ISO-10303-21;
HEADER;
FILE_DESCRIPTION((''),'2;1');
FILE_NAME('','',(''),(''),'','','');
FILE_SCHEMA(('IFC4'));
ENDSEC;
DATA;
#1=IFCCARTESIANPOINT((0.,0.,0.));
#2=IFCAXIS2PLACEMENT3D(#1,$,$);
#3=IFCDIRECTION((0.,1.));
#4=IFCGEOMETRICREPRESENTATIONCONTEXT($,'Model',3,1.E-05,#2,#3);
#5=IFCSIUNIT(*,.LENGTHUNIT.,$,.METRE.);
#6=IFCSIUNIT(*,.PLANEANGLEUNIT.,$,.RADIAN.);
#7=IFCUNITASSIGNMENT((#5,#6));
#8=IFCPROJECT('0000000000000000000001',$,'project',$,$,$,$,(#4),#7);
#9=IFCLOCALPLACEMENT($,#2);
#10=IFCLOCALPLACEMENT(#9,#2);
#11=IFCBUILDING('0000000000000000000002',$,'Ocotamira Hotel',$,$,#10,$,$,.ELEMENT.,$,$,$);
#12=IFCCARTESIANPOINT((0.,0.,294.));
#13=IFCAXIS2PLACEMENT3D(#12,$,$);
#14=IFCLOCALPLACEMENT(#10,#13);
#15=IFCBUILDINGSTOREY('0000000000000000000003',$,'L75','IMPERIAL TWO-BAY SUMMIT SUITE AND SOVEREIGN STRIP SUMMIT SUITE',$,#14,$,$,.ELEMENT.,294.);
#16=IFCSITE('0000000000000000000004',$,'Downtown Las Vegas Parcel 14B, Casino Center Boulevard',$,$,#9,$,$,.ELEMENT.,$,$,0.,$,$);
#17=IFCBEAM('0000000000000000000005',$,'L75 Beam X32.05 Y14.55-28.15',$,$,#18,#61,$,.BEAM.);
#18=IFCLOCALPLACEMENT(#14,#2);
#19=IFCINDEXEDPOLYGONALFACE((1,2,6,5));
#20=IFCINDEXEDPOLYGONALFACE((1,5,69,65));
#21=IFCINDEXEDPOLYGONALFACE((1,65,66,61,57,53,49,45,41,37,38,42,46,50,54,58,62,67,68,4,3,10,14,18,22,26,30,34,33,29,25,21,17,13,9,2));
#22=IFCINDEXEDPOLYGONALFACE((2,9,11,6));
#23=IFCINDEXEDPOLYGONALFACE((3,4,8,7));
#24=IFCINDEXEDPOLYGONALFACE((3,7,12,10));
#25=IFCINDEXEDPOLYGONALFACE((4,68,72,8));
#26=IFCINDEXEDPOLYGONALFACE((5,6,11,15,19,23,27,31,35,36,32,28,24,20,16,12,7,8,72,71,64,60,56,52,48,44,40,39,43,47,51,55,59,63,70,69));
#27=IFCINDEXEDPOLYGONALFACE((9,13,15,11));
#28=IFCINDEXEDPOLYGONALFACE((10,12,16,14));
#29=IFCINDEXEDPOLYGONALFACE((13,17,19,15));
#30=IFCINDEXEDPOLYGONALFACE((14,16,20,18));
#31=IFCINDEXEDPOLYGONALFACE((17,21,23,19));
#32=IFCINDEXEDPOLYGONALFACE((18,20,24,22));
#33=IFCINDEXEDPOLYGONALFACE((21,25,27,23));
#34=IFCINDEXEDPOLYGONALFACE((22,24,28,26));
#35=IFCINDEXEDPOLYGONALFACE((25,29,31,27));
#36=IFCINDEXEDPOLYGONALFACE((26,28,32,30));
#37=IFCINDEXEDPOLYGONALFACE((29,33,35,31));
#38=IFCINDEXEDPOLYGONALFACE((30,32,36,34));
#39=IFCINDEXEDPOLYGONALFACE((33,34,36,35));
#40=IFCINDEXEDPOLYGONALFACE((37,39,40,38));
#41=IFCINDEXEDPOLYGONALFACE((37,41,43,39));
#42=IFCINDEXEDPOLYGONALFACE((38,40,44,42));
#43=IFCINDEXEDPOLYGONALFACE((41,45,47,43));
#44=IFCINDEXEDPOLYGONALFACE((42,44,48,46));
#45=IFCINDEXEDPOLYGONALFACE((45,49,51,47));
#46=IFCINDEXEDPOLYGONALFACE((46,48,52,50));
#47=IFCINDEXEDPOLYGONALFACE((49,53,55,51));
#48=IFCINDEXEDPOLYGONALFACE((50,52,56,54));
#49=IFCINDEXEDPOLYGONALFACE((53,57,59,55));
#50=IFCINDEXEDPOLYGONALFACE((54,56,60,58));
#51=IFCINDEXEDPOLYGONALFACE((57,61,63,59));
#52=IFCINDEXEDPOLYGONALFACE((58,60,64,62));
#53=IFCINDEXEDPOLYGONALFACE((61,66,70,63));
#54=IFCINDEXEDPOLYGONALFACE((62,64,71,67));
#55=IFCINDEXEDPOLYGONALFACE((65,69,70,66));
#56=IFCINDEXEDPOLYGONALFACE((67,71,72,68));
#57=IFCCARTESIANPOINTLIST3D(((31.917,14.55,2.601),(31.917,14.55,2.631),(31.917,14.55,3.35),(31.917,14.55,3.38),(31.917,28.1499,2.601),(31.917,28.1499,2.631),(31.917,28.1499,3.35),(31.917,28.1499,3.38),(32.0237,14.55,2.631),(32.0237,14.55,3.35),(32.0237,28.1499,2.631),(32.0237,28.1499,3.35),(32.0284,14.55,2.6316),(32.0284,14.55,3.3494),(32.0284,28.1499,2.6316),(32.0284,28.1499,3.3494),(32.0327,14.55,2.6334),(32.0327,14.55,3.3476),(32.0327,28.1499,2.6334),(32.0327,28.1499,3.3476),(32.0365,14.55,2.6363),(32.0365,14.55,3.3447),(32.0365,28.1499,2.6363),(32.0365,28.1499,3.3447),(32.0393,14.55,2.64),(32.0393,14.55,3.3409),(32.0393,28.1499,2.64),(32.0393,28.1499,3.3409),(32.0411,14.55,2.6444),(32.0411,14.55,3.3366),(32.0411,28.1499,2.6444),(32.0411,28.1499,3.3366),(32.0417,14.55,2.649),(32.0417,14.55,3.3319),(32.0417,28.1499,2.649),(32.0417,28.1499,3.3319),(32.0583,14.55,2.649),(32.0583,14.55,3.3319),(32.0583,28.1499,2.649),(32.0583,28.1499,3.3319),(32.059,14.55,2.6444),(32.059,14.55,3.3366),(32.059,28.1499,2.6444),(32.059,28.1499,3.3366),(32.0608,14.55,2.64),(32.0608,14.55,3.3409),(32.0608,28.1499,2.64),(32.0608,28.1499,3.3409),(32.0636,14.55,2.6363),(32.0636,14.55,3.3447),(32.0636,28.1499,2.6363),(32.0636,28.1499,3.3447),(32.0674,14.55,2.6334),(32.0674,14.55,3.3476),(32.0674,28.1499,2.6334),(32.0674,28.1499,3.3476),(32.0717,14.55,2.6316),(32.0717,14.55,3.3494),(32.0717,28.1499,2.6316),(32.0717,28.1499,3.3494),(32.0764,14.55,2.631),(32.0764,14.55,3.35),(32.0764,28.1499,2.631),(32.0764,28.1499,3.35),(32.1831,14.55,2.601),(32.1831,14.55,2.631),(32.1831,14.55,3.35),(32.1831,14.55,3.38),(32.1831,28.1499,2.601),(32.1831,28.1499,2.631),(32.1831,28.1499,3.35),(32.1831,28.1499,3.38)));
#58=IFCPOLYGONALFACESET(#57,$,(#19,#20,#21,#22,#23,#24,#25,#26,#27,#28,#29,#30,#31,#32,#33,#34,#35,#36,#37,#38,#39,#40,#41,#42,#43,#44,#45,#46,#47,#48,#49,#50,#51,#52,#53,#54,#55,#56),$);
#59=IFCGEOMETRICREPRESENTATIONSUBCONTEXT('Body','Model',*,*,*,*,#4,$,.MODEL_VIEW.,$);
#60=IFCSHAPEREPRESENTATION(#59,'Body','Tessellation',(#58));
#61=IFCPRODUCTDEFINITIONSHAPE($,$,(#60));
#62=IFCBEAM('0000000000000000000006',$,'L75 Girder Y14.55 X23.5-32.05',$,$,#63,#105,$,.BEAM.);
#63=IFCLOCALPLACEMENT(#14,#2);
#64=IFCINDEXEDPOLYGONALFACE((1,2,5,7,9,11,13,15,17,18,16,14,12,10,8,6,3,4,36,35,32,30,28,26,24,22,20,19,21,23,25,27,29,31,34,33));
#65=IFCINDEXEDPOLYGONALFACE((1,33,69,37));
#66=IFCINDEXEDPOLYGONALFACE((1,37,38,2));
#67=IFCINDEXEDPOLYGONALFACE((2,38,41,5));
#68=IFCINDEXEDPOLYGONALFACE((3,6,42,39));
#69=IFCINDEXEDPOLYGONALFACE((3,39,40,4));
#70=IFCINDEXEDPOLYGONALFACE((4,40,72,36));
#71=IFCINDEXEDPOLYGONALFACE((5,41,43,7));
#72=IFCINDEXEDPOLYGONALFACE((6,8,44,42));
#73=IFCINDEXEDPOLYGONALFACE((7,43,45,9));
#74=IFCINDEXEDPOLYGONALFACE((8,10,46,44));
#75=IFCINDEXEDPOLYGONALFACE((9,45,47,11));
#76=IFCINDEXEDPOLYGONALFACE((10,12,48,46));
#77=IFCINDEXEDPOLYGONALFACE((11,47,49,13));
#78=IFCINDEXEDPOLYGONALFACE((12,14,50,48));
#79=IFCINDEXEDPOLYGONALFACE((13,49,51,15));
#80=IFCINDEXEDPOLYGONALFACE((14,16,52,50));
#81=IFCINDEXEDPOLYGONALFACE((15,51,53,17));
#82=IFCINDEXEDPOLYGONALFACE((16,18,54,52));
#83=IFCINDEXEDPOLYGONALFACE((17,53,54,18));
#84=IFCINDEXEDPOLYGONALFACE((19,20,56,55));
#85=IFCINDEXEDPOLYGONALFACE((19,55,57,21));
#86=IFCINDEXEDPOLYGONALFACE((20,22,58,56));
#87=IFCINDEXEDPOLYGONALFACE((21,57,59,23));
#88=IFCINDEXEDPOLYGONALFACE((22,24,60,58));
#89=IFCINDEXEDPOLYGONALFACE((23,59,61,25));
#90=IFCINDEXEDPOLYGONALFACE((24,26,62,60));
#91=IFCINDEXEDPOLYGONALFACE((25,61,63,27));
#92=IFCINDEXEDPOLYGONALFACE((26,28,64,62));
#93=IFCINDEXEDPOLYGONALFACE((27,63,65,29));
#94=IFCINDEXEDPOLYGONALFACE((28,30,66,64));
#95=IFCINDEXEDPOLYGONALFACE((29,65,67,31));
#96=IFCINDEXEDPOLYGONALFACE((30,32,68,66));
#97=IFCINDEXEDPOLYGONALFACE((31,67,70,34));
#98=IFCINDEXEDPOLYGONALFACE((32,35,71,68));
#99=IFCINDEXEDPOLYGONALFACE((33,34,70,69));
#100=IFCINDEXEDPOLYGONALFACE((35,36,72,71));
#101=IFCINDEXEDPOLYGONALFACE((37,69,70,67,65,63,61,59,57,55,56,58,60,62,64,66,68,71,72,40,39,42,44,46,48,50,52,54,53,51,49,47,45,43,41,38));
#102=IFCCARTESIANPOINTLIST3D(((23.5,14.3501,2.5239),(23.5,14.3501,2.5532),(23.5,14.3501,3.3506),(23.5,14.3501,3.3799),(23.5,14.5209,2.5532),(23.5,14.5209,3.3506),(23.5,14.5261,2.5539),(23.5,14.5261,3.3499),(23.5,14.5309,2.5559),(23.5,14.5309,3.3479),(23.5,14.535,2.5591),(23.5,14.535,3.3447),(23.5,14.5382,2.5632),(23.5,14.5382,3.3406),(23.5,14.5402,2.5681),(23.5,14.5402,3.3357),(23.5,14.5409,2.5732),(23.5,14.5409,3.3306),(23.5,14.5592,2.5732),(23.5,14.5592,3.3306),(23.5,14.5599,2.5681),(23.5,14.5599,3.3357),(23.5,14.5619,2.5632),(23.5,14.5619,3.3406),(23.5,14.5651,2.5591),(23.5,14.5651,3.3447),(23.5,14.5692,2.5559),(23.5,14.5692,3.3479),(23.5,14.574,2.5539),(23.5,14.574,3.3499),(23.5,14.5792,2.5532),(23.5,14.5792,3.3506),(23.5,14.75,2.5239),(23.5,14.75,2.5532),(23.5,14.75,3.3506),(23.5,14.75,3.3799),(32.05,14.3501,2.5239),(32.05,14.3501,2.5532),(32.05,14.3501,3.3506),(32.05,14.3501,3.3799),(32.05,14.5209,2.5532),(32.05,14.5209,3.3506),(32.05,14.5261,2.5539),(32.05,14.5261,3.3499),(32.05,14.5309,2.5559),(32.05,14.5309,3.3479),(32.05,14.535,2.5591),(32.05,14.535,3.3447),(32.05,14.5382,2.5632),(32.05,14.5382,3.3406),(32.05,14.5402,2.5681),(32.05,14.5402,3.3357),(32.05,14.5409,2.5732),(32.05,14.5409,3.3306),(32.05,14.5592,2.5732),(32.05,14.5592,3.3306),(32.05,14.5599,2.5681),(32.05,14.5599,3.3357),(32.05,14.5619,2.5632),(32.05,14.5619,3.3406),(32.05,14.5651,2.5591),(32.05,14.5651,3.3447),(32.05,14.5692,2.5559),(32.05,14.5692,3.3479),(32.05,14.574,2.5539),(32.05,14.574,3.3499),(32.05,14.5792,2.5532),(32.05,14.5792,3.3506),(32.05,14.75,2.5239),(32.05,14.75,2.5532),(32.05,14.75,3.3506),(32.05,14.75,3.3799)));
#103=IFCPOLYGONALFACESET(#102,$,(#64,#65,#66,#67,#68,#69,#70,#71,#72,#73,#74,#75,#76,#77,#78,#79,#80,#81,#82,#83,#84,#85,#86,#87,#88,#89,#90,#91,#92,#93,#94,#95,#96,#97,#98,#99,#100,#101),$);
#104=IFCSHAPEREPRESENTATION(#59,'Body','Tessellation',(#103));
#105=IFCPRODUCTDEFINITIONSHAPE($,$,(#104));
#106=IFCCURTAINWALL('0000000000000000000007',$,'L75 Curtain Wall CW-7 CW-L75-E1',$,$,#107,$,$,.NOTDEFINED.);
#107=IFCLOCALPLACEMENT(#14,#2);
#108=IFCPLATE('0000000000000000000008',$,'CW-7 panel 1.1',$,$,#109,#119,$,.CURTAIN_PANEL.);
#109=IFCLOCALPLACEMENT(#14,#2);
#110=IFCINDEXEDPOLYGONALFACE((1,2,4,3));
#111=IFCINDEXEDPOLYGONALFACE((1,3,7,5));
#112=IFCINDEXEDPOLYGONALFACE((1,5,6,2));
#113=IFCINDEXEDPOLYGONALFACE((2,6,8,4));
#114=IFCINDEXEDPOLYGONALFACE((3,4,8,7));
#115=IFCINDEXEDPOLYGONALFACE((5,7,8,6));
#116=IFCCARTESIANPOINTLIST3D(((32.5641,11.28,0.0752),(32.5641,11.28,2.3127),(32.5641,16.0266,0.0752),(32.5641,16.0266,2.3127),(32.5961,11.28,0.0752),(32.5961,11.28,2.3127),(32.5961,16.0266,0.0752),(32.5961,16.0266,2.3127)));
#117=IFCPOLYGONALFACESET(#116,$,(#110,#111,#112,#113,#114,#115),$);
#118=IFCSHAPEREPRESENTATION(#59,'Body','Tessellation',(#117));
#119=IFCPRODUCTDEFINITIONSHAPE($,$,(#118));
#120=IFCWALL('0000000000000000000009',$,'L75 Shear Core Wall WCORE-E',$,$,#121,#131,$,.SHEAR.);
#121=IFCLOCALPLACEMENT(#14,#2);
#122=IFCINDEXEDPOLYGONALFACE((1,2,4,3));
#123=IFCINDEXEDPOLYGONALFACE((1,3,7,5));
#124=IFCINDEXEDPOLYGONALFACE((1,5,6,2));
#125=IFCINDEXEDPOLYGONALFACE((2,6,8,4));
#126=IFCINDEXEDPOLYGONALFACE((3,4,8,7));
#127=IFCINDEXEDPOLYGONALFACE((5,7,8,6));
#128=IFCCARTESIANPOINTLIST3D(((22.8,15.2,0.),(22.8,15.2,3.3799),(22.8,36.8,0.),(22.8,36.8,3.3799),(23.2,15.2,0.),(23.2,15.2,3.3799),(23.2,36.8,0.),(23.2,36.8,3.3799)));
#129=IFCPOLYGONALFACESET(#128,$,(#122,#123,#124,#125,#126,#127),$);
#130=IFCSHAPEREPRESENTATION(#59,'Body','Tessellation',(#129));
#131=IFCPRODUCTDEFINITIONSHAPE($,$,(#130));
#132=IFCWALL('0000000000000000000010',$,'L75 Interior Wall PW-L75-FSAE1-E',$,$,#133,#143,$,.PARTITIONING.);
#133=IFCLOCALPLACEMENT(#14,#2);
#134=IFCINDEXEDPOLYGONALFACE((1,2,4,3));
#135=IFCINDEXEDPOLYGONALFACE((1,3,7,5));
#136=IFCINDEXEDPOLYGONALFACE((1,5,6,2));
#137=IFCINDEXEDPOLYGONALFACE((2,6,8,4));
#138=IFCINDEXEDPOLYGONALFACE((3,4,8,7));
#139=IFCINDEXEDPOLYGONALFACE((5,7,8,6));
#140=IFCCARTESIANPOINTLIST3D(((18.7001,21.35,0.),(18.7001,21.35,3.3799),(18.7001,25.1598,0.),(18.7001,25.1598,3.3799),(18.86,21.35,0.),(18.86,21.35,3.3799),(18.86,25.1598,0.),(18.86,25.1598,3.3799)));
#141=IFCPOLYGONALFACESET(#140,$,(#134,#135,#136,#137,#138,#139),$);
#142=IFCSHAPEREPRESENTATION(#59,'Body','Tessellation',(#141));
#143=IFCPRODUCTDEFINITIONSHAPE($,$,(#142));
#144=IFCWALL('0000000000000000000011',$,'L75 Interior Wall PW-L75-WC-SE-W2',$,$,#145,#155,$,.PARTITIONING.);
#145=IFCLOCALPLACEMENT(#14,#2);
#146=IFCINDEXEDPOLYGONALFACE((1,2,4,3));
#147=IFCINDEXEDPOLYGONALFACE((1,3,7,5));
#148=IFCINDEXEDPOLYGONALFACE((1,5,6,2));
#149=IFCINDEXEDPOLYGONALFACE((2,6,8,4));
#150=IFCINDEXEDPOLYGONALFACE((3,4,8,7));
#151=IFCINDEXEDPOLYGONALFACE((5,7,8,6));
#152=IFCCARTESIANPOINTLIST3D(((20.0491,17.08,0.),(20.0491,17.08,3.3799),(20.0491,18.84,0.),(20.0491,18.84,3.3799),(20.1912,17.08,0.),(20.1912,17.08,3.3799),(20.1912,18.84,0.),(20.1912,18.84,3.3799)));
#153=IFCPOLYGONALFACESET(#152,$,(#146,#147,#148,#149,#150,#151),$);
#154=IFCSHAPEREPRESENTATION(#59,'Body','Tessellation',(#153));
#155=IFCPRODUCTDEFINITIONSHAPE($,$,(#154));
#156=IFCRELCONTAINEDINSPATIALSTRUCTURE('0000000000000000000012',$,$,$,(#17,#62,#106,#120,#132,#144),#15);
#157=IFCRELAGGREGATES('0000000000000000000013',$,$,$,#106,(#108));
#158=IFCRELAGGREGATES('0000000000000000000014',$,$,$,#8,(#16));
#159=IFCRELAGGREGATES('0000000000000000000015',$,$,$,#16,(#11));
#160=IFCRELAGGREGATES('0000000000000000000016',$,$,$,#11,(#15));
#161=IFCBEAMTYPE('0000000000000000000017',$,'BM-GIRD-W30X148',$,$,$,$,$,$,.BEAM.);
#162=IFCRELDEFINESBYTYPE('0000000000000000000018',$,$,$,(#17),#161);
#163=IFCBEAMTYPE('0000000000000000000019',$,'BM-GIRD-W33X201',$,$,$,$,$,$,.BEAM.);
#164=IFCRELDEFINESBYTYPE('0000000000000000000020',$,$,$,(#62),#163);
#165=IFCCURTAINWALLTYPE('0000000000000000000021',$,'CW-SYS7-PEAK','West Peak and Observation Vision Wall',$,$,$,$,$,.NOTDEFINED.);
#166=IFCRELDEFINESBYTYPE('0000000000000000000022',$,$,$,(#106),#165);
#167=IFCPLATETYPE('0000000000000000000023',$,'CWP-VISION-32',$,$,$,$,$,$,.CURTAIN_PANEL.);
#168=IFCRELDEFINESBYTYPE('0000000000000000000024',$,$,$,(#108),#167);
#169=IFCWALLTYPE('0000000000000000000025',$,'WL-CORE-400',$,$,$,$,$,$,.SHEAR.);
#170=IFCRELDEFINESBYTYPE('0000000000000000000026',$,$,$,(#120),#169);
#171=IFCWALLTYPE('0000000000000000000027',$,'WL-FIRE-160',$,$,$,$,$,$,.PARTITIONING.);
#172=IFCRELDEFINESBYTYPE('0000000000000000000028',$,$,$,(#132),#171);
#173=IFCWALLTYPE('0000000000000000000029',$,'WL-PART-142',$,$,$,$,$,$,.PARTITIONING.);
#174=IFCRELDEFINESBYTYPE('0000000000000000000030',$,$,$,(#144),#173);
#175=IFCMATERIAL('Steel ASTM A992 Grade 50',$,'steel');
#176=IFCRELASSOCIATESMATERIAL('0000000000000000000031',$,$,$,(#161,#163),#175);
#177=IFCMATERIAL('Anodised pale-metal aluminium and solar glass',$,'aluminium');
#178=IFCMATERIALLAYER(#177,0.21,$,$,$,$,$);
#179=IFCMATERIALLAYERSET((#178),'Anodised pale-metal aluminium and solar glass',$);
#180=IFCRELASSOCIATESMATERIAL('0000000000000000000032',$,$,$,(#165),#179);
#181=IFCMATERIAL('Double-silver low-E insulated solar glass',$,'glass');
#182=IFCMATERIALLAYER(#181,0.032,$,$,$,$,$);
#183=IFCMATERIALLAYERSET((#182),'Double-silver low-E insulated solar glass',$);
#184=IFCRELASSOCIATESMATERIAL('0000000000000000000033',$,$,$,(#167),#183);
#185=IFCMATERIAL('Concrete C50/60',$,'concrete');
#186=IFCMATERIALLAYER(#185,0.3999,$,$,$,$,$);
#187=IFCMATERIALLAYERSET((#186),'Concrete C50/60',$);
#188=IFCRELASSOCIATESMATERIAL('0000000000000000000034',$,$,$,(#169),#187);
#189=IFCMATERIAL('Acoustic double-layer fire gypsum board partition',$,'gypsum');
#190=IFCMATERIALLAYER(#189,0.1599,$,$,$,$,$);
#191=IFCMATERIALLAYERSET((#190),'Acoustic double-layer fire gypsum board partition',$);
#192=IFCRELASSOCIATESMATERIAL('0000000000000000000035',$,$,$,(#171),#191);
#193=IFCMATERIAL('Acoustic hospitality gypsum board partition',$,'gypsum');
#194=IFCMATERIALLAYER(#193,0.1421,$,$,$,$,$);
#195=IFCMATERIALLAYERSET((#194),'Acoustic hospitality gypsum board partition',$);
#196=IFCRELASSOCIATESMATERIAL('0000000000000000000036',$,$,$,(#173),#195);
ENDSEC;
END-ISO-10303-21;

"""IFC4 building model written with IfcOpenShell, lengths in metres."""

from ifc_helpers import new_model, si_unit, direction, frame, frame_2d, origin, origin_2d, place, context, subcontext, project, spatial, rectangle, i_section, extrude, source, transform, mapped, material, layer, layer_set, material_profile, profile_set, type_object, element, aggregate, save


model = new_model("IFC4")

# Units and contexts
model_context = context("Model", 3, precision=1e-05, world=origin(), true_north=direction((0.0, 1.0)))
body_context = subcontext(model_context, "Body", "Model", "MODEL_VIEW")
ifc_project = project(units=[si_unit("LENGTHUNIT", "METRE"), si_unit("PLANEANGLEUNIT", "RADIAN")], contexts=[model_context])

# Site, building, storey
site_placement = place(None, origin())
site = spatial("IfcSite", under=ifc_project, at=site_placement, Name="Downtown Las Vegas Parcel 14B, Casino Center Boulevard", CompositionType="ELEMENT", RefElevation=0.0)
building_placement = place(site_placement, origin())
building = spatial("IfcBuilding", under=site, at=building_placement, Name="Ocotamira Hotel", CompositionType="ELEMENT")
storey_placement = place(building_placement, frame((0.0, 0.0, 294.0)))
storey = spatial("IfcBuildingStorey", under=building, at=storey_placement, Name="L75", Description="IMPERIAL TWO-BAY SUMMIT SUITE AND SOVEREIGN STRIP SUMMIT SUITE", CompositionType="ELEMENT", Elevation=294.0)

# Shared definitions
ifc_material_1 = material(Name="Steel ASTM A992 Grade 50", Category="steel")

# Beams
ifc_material_profile_1 = material_profile(ifc_material_1, i_section(OverallWidth=0.2661, OverallDepth=0.7791, WebThickness=0.0166, FlangeThickness=0.03, FilletRadius=0.0181, at=origin_2d()), Name="W30X148")
ifc_profile_set_1 = profile_set([ifc_material_profile_1], Name="Steel ASTM A992 Grade 50")
beam_type_1 = type_object("IfcBeamType", Name="BM-GIRD-W30X148", PredefinedType="BEAM", material=ifc_profile_set_1)
shared_shape_1 = source(origin(), body_context, "Body", "SweptSolid", [
    extrude(i_section(OverallWidth=0.2661, OverallDepth=0.7791, WebThickness=0.0166, FlangeThickness=0.03, FilletRadius=0.0181, at=origin_2d()), origin(), (0.0, 0.0, 1.0), 13.5999),
])
for number, where, z_axis, x_axis, name in (
    (1, (32.05, 14.55, 2.9905), (0.0, 1.0, 0.0), (-1.0, 0.0, 0.0), "L75 Beam X32.05 Y14.55-28.15"),
):
    element("IfcBeam", number, at=place(storey_placement, frame(where, z_axis=z_axis, x_axis=x_axis)), inside=storey, type_object=beam_type_1, Name=name, PredefinedType="BEAM", context=body_context, shape_type="MappedRepresentation", body=[
        mapped(shared_shape_1, transform((0.0, 0.0, 0.0), scale=1.0)),
    ])
ifc_material_profile_2 = material_profile(ifc_material_1, i_section(OverallWidth=0.3999, OverallDepth=0.856, WebThickness=0.0183, FlangeThickness=0.0293, FilletRadius=0.02, at=origin_2d()), Name="W33X201")
ifc_profile_set_2 = profile_set([ifc_material_profile_2], Name="Steel ASTM A992 Grade 50")
beam_type_2 = type_object("IfcBeamType", Name="BM-GIRD-W33X201", PredefinedType="BEAM", material=ifc_profile_set_2)
shared_shape_2 = source(origin(), body_context, "Body", "SweptSolid", [
    extrude(i_section(OverallWidth=0.3999, OverallDepth=0.856, WebThickness=0.0183, FlangeThickness=0.0293, FilletRadius=0.02, at=origin_2d()), origin(), (0.0, 0.0, 1.0), 8.55),
])
beam_placement = place(storey_placement, frame((23.5, 14.55, 2.9519), z_axis=(1.0, 0.0, 0.0), x_axis=(0.0, 1.0, 0.0)))
element("IfcBeam", 2, at=beam_placement, inside=storey, type_object=beam_type_2, Name="L75 Girder Y14.55 X23.5-32.05", PredefinedType="BEAM", context=body_context, shape_type="MappedRepresentation", body=[
    mapped(shared_shape_2, transform((0.0, 0.0, 0.0), scale=1.0)),
])

# Curtain wall, plate
ifc_material_2 = material(Name="Anodised pale-metal aluminium and solar glass", Category="aluminium")
ifc_layer_1 = layer(ifc_material_2, 0.21)
ifc_layer_set_1 = layer_set([ifc_layer_1], Name="Anodised pale-metal aluminium and solar glass")
curtain_wall_type = type_object("IfcCurtainWallType", Name="CW-SYS7-PEAK", Description="West Peak and Observation Vision Wall", PredefinedType="NOTDEFINED", material=ifc_layer_set_1)
curtain_wall_placement = place(storey_placement, origin())
curtain_wall = element("IfcCurtainWall", 3, at=curtain_wall_placement, inside=storey, type_object=curtain_wall_type, Name="L75 Curtain Wall CW-7 CW-L75-E1", PredefinedType="NOTDEFINED")
ifc_material_3 = material(Name="Double-silver low-E insulated solar glass", Category="glass")
ifc_layer_2 = layer(ifc_material_3, 0.032)
ifc_layer_set_2 = layer_set([ifc_layer_2], Name="Double-silver low-E insulated solar glass")
plate_type = type_object("IfcPlateType", Name="CWP-VISION-32", PredefinedType="CURTAIN_PANEL", material=ifc_layer_set_2)
shared_shape_3 = source(origin(), body_context, "Body", "SweptSolid", [
    extrude(rectangle(XDim=4.7466, YDim=0.032, at=origin_2d()), origin(), (0.0, 0.0, 1.0), 2.2375),
])
plate_placement = place(storey_placement, frame((32.5801, 13.6533, 0.0752), z_axis=(0.0, 0.0, 1.0), x_axis=(0.0, 1.0, 0.0)))
plate = element("IfcPlate", 4, at=plate_placement, type_object=plate_type, Name="CW-7 panel 1.1", PredefinedType="CURTAIN_PANEL", context=body_context, shape_type="MappedRepresentation", body=[
    mapped(shared_shape_3, transform((0.0, 0.0, 0.0), scale=1.0)),
])
aggregate(curtain_wall, [plate])

# Walls
ifc_material_4 = material(Name="Concrete C50/60", Category="concrete")
ifc_layer_3 = layer(ifc_material_4, 0.3999)
ifc_layer_set_3 = layer_set([ifc_layer_3], Name="Concrete C50/60")
wall_type_1 = type_object("IfcWallType", Name="WL-CORE-400", PredefinedType="SHEAR", material=ifc_layer_set_3)
wall_1_placement = place(storey_placement, frame((23.0, 15.2, 0.0), z_axis=(0.0, 0.0, 1.0), x_axis=(0.0, 1.0, 0.0)))
element("IfcWall", 5, at=wall_1_placement, inside=storey, type_object=wall_type_1, Name="L75 Shear Core Wall WCORE-E", PredefinedType="SHEAR", context=body_context, shape_type="SweptSolid", body=[
    extrude(rectangle(XDim=21.6001, YDim=0.3999, at=frame_2d((10.8, 0.0))), origin(), (0.0, 0.0, 1.0), 3.3799),
])
ifc_material_5 = material(Name="Acoustic double-layer fire gypsum board partition", Category="gypsum")
ifc_layer_4 = layer(ifc_material_5, 0.1599)
ifc_layer_set_4 = layer_set([ifc_layer_4], Name="Acoustic double-layer fire gypsum board partition")
wall_type_2 = type_object("IfcWallType", Name="WL-FIRE-160", PredefinedType="PARTITIONING", material=ifc_layer_set_4)
wall_2_placement = place(storey_placement, frame((18.78, 21.3501, 0.0), z_axis=(0.0, 0.0, 1.0), x_axis=(0.0, 1.0, 0.0)))
element("IfcWall", 6, at=wall_2_placement, inside=storey, type_object=wall_type_2, Name="L75 Interior Wall PW-L75-FSAE1-E", PredefinedType="PARTITIONING", context=body_context, shape_type="SweptSolid", body=[
    extrude(rectangle(XDim=3.8098, YDim=0.1599, at=frame_2d((1.9048, 0.0))), origin(), (0.0, 0.0, 1.0), 3.3799),
])
ifc_material_6 = material(Name="Acoustic hospitality gypsum board partition", Category="gypsum")
ifc_layer_5 = layer(ifc_material_6, 0.1421)
ifc_layer_set_5 = layer_set([ifc_layer_5], Name="Acoustic hospitality gypsum board partition")
wall_type_3 = type_object("IfcWallType", Name="WL-PART-142", PredefinedType="PARTITIONING", material=ifc_layer_set_5)
wall_3_placement = place(storey_placement, frame((20.1201, 17.0801, 0.0), z_axis=(0.0, 0.0, 1.0), x_axis=(0.0, 1.0, 0.0)))
element("IfcWall", 7, at=wall_3_placement, inside=storey, type_object=wall_type_3, Name="L75 Interior Wall PW-L75-WC-SE-W2", PredefinedType="PARTITIONING", context=body_context, shape_type="SweptSolid", body=[
    extrude(rectangle(XDim=1.76, YDim=0.1421, at=frame_2d((0.8799, 0.0))), origin(), (0.0, 0.0, 1.0), 3.3799),
])

save(model, "model.ifc")
